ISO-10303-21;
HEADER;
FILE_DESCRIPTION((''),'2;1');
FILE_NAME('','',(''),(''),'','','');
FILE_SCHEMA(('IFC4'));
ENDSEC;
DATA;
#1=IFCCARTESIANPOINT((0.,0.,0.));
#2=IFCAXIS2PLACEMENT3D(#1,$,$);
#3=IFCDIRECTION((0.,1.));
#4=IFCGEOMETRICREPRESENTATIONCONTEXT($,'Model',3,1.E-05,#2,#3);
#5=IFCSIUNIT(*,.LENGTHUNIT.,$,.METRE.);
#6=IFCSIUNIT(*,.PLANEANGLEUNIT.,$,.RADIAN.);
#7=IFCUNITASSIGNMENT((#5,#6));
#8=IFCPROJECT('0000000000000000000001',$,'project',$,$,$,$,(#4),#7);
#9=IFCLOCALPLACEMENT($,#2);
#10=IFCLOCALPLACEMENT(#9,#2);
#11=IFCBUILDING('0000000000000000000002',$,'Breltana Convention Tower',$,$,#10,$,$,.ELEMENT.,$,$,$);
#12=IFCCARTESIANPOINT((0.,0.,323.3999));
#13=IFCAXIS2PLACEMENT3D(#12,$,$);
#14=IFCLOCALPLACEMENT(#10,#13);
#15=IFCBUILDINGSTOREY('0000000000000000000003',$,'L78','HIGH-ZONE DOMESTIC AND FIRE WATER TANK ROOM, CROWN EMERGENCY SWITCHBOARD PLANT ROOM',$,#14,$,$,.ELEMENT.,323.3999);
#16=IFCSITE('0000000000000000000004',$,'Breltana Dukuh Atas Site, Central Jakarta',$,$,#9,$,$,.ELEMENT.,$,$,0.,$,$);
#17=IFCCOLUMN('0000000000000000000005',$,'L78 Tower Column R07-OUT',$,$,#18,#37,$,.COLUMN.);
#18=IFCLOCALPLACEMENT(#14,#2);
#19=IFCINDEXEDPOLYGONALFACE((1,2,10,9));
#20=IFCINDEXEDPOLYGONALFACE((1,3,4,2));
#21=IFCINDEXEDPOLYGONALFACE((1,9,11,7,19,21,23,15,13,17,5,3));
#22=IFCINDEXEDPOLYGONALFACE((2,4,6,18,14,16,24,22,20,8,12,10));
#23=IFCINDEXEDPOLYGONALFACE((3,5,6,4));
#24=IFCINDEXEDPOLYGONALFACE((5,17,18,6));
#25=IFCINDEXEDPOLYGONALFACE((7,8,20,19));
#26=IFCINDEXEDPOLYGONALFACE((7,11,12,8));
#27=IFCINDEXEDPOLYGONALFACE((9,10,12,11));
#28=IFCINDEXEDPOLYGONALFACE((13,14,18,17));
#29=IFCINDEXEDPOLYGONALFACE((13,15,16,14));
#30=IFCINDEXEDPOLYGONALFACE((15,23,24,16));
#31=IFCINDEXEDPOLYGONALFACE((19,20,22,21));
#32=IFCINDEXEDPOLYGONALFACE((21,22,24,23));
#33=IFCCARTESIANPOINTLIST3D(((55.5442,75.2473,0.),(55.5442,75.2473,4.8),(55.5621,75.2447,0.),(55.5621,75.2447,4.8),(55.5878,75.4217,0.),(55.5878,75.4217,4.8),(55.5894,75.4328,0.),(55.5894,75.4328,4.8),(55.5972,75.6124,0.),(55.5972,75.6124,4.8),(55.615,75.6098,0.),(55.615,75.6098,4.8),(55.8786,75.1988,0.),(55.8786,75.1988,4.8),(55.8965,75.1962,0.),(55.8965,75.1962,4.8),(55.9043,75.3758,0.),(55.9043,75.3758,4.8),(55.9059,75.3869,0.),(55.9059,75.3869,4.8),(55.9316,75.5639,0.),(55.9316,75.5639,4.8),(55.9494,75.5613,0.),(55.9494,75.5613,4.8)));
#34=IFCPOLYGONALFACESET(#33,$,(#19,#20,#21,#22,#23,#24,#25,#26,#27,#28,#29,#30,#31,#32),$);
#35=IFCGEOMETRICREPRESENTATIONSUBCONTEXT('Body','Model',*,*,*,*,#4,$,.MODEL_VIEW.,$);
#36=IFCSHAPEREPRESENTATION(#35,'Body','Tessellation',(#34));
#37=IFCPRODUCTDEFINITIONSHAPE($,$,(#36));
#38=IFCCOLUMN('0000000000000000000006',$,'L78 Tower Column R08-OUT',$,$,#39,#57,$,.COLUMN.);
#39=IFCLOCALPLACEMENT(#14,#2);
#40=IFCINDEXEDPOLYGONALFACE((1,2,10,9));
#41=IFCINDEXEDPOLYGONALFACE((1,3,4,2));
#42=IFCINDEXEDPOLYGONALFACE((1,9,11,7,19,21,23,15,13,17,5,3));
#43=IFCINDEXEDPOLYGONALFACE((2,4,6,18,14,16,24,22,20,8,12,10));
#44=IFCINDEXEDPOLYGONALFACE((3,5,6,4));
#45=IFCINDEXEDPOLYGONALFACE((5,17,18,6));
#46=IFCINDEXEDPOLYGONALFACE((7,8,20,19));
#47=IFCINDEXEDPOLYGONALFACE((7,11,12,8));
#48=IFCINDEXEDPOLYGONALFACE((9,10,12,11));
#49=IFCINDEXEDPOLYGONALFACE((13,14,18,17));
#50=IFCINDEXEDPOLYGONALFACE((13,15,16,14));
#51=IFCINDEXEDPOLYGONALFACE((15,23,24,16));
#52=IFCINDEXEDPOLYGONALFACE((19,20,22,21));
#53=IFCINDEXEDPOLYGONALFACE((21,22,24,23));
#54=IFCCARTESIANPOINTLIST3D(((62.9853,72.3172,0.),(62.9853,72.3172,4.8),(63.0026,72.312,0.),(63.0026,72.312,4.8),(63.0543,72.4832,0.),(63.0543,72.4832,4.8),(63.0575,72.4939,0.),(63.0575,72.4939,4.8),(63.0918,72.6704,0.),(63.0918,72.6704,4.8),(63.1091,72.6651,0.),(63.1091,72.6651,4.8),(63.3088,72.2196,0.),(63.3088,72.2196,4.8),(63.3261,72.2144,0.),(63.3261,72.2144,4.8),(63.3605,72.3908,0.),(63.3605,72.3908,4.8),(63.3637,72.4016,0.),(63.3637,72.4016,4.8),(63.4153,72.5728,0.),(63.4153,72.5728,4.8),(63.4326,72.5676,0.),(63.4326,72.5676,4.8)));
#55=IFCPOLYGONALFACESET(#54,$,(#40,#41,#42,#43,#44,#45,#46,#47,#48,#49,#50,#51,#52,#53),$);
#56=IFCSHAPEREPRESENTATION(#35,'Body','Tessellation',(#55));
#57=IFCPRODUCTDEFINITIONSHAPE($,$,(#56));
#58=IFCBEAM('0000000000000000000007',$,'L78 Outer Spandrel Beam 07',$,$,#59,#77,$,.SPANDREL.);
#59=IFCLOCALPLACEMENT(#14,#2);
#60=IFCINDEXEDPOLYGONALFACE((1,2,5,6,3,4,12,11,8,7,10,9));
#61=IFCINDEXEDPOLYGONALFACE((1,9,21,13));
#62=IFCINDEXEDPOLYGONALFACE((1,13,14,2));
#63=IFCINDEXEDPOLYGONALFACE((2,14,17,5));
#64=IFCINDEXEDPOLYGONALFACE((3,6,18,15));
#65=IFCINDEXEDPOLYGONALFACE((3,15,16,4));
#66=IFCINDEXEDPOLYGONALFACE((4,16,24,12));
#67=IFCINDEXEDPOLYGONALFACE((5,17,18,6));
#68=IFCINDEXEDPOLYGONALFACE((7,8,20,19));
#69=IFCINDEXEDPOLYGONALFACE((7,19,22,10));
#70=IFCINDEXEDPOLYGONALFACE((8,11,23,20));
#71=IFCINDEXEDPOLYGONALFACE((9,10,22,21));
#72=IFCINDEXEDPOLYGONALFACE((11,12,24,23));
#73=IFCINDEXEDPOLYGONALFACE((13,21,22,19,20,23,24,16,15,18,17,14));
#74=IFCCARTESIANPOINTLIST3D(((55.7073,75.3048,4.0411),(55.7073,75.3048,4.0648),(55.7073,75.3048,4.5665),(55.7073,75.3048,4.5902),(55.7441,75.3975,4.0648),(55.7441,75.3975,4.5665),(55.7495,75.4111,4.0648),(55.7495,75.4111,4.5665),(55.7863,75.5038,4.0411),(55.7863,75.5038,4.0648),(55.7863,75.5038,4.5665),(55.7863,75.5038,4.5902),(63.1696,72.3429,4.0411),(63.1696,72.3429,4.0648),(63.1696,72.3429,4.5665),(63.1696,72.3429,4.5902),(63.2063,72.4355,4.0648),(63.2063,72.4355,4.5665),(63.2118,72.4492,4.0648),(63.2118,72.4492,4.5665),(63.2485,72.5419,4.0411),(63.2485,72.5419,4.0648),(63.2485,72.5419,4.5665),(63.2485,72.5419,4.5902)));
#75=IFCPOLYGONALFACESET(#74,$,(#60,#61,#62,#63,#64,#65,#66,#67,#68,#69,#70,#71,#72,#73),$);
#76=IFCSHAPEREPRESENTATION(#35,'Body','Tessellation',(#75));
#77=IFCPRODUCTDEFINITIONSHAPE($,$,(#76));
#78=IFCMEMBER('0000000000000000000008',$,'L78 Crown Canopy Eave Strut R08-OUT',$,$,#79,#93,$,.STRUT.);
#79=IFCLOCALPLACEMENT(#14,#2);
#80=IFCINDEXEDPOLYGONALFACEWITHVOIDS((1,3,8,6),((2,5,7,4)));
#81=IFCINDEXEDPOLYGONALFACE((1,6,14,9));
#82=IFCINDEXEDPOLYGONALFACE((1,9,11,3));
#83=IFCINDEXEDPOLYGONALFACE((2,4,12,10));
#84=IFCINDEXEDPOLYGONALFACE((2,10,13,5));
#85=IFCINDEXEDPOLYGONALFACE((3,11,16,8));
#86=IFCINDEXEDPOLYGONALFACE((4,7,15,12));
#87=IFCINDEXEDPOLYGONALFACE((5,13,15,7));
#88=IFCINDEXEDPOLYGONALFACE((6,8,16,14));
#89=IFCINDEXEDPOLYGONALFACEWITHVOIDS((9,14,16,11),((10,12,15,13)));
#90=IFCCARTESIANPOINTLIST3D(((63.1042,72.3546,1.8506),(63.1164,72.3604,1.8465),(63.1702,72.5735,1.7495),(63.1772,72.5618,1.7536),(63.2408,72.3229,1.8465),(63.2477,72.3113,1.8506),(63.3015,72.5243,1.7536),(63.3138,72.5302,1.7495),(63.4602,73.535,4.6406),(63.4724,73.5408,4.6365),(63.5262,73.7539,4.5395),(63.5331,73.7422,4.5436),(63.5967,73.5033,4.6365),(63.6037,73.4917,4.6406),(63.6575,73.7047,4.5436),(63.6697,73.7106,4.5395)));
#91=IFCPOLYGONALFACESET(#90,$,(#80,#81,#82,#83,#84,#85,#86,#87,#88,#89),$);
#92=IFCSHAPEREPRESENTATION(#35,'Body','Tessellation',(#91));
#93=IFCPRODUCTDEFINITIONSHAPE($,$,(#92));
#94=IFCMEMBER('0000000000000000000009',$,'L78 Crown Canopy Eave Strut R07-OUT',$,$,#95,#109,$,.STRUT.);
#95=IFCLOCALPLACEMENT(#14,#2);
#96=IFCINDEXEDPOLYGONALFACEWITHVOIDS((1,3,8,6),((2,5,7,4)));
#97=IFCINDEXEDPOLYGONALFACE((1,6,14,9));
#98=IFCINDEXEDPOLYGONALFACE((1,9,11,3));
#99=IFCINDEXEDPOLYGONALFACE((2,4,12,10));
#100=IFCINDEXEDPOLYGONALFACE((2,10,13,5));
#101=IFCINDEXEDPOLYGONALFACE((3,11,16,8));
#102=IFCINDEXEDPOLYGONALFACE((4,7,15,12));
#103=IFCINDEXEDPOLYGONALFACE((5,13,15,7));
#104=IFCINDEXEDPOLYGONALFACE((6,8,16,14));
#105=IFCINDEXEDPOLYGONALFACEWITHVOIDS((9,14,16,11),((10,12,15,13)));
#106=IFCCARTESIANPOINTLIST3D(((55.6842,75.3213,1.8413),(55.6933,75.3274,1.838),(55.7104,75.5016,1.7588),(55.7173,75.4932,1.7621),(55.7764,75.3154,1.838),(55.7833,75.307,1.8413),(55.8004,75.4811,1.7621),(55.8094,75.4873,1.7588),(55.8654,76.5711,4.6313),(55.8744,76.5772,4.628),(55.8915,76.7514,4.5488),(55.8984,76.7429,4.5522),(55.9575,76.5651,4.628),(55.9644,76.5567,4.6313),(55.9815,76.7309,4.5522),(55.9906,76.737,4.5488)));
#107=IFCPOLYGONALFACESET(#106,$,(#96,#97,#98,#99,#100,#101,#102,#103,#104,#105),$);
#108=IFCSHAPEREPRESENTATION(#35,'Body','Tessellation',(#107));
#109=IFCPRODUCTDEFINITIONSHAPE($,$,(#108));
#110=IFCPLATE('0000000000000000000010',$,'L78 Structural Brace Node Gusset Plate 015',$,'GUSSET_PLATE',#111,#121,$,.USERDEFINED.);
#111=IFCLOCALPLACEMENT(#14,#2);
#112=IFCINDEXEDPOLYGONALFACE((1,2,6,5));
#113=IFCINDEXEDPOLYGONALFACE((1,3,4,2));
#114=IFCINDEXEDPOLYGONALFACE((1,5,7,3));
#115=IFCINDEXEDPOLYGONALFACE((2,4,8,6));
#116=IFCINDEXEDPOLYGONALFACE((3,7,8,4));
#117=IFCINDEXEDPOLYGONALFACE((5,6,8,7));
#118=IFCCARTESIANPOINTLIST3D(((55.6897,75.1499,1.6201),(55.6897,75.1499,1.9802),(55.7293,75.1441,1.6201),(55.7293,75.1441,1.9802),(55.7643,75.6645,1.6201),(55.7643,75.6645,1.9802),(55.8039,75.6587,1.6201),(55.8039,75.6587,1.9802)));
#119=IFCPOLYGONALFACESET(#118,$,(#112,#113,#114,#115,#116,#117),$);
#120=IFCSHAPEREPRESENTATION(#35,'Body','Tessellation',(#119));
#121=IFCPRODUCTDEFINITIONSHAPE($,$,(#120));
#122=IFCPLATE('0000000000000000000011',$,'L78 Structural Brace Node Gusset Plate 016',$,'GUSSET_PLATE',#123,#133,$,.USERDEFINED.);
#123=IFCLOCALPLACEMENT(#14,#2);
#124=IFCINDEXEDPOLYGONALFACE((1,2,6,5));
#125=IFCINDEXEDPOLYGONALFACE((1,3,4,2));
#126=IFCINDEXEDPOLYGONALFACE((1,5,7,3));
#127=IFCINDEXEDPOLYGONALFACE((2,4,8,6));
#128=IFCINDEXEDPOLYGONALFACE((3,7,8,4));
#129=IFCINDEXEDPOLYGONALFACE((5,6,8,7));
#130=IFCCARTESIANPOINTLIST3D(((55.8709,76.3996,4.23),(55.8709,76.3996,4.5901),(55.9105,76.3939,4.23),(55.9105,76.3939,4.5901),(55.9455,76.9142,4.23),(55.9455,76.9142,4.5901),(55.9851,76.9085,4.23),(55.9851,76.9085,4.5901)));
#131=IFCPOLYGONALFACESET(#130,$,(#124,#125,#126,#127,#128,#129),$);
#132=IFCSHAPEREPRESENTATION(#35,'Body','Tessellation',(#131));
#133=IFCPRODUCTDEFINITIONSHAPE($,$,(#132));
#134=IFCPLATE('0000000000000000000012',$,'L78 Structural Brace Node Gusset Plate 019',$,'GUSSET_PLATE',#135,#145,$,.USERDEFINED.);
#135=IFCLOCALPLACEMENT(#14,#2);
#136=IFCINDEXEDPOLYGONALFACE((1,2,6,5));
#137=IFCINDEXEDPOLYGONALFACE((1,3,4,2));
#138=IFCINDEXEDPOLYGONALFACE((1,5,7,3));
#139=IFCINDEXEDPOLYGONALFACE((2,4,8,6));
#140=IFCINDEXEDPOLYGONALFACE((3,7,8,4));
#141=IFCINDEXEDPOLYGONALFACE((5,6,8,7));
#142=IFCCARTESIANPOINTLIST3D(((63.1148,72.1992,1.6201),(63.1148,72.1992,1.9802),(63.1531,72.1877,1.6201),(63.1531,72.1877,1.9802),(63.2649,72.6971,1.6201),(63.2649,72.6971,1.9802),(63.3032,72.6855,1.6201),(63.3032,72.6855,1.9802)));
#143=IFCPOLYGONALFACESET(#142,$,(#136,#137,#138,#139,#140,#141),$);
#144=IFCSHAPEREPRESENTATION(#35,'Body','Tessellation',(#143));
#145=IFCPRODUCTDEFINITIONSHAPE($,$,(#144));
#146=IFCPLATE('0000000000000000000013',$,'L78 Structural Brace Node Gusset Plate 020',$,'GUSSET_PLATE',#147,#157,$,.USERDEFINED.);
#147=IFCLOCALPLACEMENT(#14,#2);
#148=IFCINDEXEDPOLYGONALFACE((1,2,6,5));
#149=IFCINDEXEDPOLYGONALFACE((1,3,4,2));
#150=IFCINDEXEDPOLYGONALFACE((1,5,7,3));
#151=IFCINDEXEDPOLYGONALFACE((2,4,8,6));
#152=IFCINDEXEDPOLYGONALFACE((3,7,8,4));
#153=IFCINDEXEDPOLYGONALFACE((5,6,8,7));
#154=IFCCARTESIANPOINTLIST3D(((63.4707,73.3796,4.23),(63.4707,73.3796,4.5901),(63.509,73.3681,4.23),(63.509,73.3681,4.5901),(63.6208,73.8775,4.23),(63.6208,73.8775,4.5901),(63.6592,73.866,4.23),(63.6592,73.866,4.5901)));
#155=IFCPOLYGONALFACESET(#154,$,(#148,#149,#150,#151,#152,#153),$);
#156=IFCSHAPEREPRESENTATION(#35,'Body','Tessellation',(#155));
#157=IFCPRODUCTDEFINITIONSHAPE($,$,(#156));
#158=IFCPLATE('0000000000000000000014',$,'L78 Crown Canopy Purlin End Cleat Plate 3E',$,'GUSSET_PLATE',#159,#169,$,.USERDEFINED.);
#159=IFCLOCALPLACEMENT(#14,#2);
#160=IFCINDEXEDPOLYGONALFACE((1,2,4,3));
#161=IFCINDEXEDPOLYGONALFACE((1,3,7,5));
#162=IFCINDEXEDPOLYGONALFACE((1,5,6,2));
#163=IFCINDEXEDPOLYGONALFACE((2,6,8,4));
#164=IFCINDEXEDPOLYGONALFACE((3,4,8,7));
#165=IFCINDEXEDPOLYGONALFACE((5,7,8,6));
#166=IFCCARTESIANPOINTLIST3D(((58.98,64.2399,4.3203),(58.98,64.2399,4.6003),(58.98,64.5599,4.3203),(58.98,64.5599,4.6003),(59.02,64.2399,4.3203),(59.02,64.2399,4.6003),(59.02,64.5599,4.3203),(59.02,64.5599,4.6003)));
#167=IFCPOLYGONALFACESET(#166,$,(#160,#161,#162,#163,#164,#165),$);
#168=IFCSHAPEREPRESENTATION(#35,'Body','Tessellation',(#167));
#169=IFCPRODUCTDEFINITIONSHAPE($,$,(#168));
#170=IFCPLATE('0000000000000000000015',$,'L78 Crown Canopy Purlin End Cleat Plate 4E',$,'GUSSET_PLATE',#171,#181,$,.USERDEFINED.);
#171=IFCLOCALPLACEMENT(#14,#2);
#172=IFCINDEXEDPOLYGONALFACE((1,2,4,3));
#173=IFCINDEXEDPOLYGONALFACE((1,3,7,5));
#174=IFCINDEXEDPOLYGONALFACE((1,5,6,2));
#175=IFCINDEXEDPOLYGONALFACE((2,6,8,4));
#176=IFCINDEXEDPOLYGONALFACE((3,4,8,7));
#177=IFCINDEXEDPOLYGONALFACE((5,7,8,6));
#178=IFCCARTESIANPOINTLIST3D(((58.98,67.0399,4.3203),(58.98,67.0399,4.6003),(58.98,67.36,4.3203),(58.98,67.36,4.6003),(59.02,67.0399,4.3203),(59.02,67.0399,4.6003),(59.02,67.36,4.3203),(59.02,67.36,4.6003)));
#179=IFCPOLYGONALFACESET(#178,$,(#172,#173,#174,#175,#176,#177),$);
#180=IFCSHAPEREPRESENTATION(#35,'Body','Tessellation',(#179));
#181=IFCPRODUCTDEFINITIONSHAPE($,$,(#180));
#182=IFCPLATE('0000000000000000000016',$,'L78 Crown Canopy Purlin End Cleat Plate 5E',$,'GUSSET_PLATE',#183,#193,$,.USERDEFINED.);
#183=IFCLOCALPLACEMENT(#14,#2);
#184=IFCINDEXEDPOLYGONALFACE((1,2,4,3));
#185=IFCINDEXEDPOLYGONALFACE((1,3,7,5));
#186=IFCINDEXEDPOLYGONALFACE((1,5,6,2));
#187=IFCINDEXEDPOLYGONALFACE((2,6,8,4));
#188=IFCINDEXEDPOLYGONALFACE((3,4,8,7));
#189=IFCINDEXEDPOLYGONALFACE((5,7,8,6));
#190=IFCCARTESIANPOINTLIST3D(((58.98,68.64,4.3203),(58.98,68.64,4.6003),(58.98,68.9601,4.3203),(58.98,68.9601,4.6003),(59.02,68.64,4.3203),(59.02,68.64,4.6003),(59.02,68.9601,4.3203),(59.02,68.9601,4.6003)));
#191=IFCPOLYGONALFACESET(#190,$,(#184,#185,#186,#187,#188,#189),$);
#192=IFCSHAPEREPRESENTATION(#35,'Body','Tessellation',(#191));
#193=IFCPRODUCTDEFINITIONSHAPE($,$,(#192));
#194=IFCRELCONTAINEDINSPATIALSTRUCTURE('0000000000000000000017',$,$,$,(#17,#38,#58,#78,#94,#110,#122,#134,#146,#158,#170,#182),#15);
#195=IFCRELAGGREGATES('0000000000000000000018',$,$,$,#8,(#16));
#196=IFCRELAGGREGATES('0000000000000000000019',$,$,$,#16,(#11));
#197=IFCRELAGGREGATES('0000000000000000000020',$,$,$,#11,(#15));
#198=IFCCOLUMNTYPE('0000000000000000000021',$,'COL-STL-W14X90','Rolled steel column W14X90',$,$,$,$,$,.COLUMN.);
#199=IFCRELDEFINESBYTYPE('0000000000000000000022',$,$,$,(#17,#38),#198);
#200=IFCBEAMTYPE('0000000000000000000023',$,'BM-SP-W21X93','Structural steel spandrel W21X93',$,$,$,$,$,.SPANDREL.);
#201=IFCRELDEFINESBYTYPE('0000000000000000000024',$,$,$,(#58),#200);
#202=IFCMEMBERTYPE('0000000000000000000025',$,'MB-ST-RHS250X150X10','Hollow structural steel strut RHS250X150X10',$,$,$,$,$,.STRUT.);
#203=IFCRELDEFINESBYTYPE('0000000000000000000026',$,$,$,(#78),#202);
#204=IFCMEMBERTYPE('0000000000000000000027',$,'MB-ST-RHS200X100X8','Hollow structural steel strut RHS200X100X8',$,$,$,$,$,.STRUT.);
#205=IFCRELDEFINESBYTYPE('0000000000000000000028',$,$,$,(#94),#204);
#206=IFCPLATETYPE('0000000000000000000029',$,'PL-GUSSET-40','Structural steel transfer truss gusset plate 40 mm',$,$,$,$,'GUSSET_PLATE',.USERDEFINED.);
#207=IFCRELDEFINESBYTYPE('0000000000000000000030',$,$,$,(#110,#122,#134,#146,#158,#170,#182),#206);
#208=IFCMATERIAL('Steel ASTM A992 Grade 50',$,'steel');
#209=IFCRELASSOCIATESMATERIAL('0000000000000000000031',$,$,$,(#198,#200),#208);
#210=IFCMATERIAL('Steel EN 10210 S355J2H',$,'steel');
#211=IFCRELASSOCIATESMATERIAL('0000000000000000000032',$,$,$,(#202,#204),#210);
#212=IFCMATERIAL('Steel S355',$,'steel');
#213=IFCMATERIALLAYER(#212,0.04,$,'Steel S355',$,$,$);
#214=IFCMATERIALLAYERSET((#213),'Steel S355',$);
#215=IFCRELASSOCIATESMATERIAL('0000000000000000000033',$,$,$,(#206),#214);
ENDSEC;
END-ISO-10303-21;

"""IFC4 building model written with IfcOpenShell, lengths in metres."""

from ifc_helpers import new_model, si_unit, direction, frame, origin, origin_2d, place, context, subcontext, project, spatial, rectangle, hollow_rectangle, i_section, extrude, source, transform, mapped, material, layer, layer_set, material_profile, profile_set, type_object, type_shapes, element, save


model = new_model("IFC4")

# Units and contexts
model_context = context("Model", 3, precision=1e-05, world=origin(), true_north=direction((0.0, 1.0)))
body_context = subcontext(model_context, "Body", "Model", "MODEL_VIEW")
ifc_project = project(units=[si_unit("LENGTHUNIT", "METRE"), si_unit("PLANEANGLEUNIT", "RADIAN")], contexts=[model_context])

# Site, building, storey
site_placement = place(None, origin())
site = spatial("IfcSite", under=ifc_project, at=site_placement, Name="Breltana Dukuh Atas Site, Central Jakarta", CompositionType="ELEMENT", RefElevation=0.0)
building_placement = place(site_placement, origin())
building = spatial("IfcBuilding", under=site, at=building_placement, Name="Breltana Convention Tower", CompositionType="ELEMENT")
storey_placement = place(building_placement, frame((0.0, 0.0, 323.3999)))
storey = spatial("IfcBuildingStorey", under=building, at=storey_placement, Name="L78", Description="HIGH-ZONE DOMESTIC AND FIRE WATER TANK ROOM, CROWN EMERGENCY SWITCHBOARD PLANT ROOM", CompositionType="ELEMENT", Elevation=323.3999)

# Columns
ifc_material_1 = material(Name="Steel ASTM A992 Grade 50", Category="steel")
ifc_material_profile_1 = material_profile(ifc_material_1, i_section(OverallWidth=0.3689, OverallDepth=0.356, WebThickness=0.0112, FlangeThickness=0.0181, at=origin_2d()), Name="W14X90")
ifc_profile_set_1 = profile_set([ifc_material_profile_1], Name="Steel ASTM A992 Grade 50")
column_type = type_object("IfcColumnType", Name="COL-STL-W14X90", Description="Rolled steel column W14X90", PredefinedType="COLUMN", material=ifc_profile_set_1)
shared_shape_1 = source(origin(), body_context, "Body", "SweptSolid", [
    extrude(i_section(OverallWidth=0.3689, OverallDepth=0.356, WebThickness=0.0112, FlangeThickness=0.0181, at=origin_2d()), origin(), (0.0, 0.0, 1.0), 4.8),
])
type_shapes(column_type, [shared_shape_1])
for number, where, z_axis, x_axis, name in (
    (1, (55.7468, 75.4043, 0.0), (0.0, 0.0, 1.0), (0.143493, 0.989651, 0.0), "L78 Tower Column R07-OUT"),
    (2, (63.209, 72.4424, 0.0), (0.0, 0.0, 1.0), (0.288698, 0.95742, 0.0), "L78 Tower Column R08-OUT"),
):
    element("IfcColumn", number, at=place(storey_placement, frame(where, z_axis=z_axis, x_axis=x_axis)), inside=storey, type_object=column_type, Name=name, PredefinedType="COLUMN", context=body_context, shape_type="MappedRepresentation", body=[
        mapped(shared_shape_1, transform((0.0, 0.0, 0.0), scale=1.0)),
    ])

# Beam
ifc_material_profile_2 = material_profile(ifc_material_1, i_section(OverallWidth=0.2141, OverallDepth=0.5491, WebThickness=0.0146, FlangeThickness=0.0237, at=origin_2d()), Name="W21X93")
ifc_profile_set_2 = profile_set([ifc_material_profile_2], Name="Steel ASTM A992 Grade 50")
beam_type = type_object("IfcBeamType", Name="BM-SP-W21X93", Description="Structural steel spandrel W21X93", PredefinedType="SPANDREL", material=ifc_profile_set_2)
shared_shape_2 = source(origin(), body_context, "Body", "SweptSolid", [
    extrude(i_section(OverallWidth=0.2141, OverallDepth=0.5491, WebThickness=0.0146, FlangeThickness=0.0237, at=origin_2d()), origin(), (0.0, 0.0, 1.0), 8.0286),
])
beam_placement = place(storey_placement, frame((55.7468, 75.4043, 4.3157), z_axis=(0.929459, -0.368925, 0.0), x_axis=(0.368925, 0.929459, 0.0)))
element("IfcBeam", 3, at=beam_placement, inside=storey, type_object=beam_type, Name="L78 Outer Spandrel Beam 07", PredefinedType="SPANDREL", context=body_context, shape_type="MappedRepresentation", body=[
    mapped(shared_shape_2, transform((0.0, 0.0, 0.0), scale=1.0)),
])

# Members
ifc_material_2 = material(Name="Steel EN 10210 S355J2H", Category="steel")
ifc_material_profile_3 = material_profile(ifc_material_2, hollow_rectangle(XDim=0.1499, YDim=0.25, WallThickness=0.01, at=origin_2d()), Name="RHS250X150X10")
ifc_profile_set_3 = profile_set([ifc_material_profile_3], Name="Steel EN 10210 S355J2H")
member_type_1 = type_object("IfcMemberType", Name="MB-ST-RHS250X150X10", Description="Hollow structural steel strut RHS250X150X10", PredefinedType="STRUT", material=ifc_profile_set_3)
shared_shape_3 = source(origin(), body_context, "Body", "SweptSolid", [
    extrude(hollow_rectangle(XDim=0.1499, YDim=0.25, WallThickness=0.01, at=origin_2d()), origin(), (0.0, 0.0, 1.0), 3.0503),
])
type_shapes(member_type_1, [shared_shape_3])
member_1_placement = place(storey_placement, frame((63.209, 72.4424, 1.8), z_axis=(0.116695, 0.386983, 0.914673), x_axis=(-0.957417, 0.28871, 0.0)))
element("IfcMember", 4, at=member_1_placement, inside=storey, type_object=member_type_1, Name="L78 Crown Canopy Eave Strut R08-OUT", PredefinedType="STRUT", context=body_context, shape_type="MappedRepresentation", body=[
    mapped(shared_shape_3, transform((0.0, 0.0, 0.0), scale=1.0)),
])
ifc_material_profile_4 = material_profile(ifc_material_2, hollow_rectangle(XDim=0.1001, YDim=0.2, WallThickness=0.0081, at=origin_2d()), Name="RHS200X100X8")
ifc_profile_set_4 = profile_set([ifc_material_profile_4], Name="Steel EN 10210 S355J2H")
member_type_2 = type_object("IfcMemberType", Name="MB-ST-RHS200X100X8", Description="Hollow structural steel strut RHS200X100X8", PredefinedType="STRUT", material=ifc_profile_set_4)
shared_shape_4 = source(origin(), body_context, "Body", "SweptSolid", [
    extrude(hollow_rectangle(XDim=0.1001, YDim=0.2, WallThickness=0.0081, at=origin_2d()), origin(), (0.0, 0.0, 1.0), 3.0625),
])
type_shapes(member_type_2, [shared_shape_4])
member_2_placement = place(storey_placement, frame((55.7468, 75.4043, 1.8), z_axis=(0.059151, 0.408081, 0.911027), x_axis=(-0.989657, 0.143451, 0.0)))
element("IfcMember", 5, at=member_2_placement, inside=storey, type_object=member_type_2, Name="L78 Crown Canopy Eave Strut R07-OUT", PredefinedType="STRUT", context=body_context, shape_type="MappedRepresentation", body=[
    mapped(shared_shape_4, transform((0.0, 0.0, 0.0), scale=1.0)),
])

# Plates
ifc_material_3 = material(Name="Steel S355", Category="steel")
ifc_layer_1 = layer(ifc_material_3, 0.04, Name="Steel S355")
ifc_layer_set_1 = layer_set([ifc_layer_1], Name="Steel S355")
plate_type = type_object("IfcPlateType", Name="PL-GUSSET-40", Description="Structural steel transfer truss gusset plate 40 mm", ElementType="GUSSET_PLATE", PredefinedType="USERDEFINED", material=ifc_layer_set_1)
shared_shape_5 = source(origin(), body_context, "Body", "SweptSolid", [
    extrude(rectangle(XDim=0.52, YDim=0.04, at=origin_2d()), origin(), (0.0, 0.0, 1.0), 0.3601),
])
for number, where, z_axis, x_axis, name in (
    (6, (55.7468, 75.4043, 1.6201), (0.0, 0.0, 1.0), (0.143493, 0.989651, 0.0), "L78 Structural Brace Node Gusset Plate 015"),
    (7, (55.928, 76.6541, 4.23), (0.0, 0.0, 1.0), (0.143493, 0.989651, 0.0), "L78 Structural Brace Node Gusset Plate 016"),
    (8, (63.209, 72.4424, 1.6201), (0.0, 0.0, 1.0), (0.288698, 0.95742, 0.0), "L78 Structural Brace Node Gusset Plate 019"),
    (9, (63.5649, 73.6228, 4.23), (0.0, 0.0, 1.0), (0.288698, 0.95742, 0.0), "L78 Structural Brace Node Gusset Plate 020"),
):
    element("IfcPlate", number, at=place(storey_placement, frame(where, z_axis=z_axis, x_axis=x_axis)), inside=storey, type_object=plate_type, Name=name, ObjectType="GUSSET_PLATE", PredefinedType="USERDEFINED", context=body_context, shape_type="MappedRepresentation", body=[
        mapped(shared_shape_5, transform((0.0, 0.0, 0.0), scale=1.0)),
    ])
shared_shape_6 = source(origin(), body_context, "Body", "SweptSolid", [
    extrude(rectangle(XDim=0.04, YDim=0.3201, at=origin_2d()), origin(), (0.0, 0.0, 1.0), 0.28),
])
for number, where, z_axis, x_axis, name in (
    (10, (59.0, 64.3999, 4.3203), (0.0, 0.0, 1.0), (1.0, 0.0, 0.0), "L78 Crown Canopy Purlin End Cleat Plate 3E"),
    (11, (59.0, 67.2, 4.3203), (0.0, 0.0, 1.0), (1.0, 0.0, 0.0), "L78 Crown Canopy Purlin End Cleat Plate 4E"),
    (12, (59.0, 68.8, 4.3203), (0.0, 0.0, 1.0), (1.0, 0.0, 0.0), "L78 Crown Canopy Purlin End Cleat Plate 5E"),
):
    element("IfcPlate", number, at=place(storey_placement, frame(where, z_axis=z_axis, x_axis=x_axis)), inside=storey, type_object=plate_type, Name=name, ObjectType="GUSSET_PLATE", PredefinedType="USERDEFINED", context=body_context, shape_type="MappedRepresentation", body=[
        mapped(shared_shape_6, transform((0.0, 0.0, 0.0), scale=1.0)),
    ])

save(model, "model.ifc")
